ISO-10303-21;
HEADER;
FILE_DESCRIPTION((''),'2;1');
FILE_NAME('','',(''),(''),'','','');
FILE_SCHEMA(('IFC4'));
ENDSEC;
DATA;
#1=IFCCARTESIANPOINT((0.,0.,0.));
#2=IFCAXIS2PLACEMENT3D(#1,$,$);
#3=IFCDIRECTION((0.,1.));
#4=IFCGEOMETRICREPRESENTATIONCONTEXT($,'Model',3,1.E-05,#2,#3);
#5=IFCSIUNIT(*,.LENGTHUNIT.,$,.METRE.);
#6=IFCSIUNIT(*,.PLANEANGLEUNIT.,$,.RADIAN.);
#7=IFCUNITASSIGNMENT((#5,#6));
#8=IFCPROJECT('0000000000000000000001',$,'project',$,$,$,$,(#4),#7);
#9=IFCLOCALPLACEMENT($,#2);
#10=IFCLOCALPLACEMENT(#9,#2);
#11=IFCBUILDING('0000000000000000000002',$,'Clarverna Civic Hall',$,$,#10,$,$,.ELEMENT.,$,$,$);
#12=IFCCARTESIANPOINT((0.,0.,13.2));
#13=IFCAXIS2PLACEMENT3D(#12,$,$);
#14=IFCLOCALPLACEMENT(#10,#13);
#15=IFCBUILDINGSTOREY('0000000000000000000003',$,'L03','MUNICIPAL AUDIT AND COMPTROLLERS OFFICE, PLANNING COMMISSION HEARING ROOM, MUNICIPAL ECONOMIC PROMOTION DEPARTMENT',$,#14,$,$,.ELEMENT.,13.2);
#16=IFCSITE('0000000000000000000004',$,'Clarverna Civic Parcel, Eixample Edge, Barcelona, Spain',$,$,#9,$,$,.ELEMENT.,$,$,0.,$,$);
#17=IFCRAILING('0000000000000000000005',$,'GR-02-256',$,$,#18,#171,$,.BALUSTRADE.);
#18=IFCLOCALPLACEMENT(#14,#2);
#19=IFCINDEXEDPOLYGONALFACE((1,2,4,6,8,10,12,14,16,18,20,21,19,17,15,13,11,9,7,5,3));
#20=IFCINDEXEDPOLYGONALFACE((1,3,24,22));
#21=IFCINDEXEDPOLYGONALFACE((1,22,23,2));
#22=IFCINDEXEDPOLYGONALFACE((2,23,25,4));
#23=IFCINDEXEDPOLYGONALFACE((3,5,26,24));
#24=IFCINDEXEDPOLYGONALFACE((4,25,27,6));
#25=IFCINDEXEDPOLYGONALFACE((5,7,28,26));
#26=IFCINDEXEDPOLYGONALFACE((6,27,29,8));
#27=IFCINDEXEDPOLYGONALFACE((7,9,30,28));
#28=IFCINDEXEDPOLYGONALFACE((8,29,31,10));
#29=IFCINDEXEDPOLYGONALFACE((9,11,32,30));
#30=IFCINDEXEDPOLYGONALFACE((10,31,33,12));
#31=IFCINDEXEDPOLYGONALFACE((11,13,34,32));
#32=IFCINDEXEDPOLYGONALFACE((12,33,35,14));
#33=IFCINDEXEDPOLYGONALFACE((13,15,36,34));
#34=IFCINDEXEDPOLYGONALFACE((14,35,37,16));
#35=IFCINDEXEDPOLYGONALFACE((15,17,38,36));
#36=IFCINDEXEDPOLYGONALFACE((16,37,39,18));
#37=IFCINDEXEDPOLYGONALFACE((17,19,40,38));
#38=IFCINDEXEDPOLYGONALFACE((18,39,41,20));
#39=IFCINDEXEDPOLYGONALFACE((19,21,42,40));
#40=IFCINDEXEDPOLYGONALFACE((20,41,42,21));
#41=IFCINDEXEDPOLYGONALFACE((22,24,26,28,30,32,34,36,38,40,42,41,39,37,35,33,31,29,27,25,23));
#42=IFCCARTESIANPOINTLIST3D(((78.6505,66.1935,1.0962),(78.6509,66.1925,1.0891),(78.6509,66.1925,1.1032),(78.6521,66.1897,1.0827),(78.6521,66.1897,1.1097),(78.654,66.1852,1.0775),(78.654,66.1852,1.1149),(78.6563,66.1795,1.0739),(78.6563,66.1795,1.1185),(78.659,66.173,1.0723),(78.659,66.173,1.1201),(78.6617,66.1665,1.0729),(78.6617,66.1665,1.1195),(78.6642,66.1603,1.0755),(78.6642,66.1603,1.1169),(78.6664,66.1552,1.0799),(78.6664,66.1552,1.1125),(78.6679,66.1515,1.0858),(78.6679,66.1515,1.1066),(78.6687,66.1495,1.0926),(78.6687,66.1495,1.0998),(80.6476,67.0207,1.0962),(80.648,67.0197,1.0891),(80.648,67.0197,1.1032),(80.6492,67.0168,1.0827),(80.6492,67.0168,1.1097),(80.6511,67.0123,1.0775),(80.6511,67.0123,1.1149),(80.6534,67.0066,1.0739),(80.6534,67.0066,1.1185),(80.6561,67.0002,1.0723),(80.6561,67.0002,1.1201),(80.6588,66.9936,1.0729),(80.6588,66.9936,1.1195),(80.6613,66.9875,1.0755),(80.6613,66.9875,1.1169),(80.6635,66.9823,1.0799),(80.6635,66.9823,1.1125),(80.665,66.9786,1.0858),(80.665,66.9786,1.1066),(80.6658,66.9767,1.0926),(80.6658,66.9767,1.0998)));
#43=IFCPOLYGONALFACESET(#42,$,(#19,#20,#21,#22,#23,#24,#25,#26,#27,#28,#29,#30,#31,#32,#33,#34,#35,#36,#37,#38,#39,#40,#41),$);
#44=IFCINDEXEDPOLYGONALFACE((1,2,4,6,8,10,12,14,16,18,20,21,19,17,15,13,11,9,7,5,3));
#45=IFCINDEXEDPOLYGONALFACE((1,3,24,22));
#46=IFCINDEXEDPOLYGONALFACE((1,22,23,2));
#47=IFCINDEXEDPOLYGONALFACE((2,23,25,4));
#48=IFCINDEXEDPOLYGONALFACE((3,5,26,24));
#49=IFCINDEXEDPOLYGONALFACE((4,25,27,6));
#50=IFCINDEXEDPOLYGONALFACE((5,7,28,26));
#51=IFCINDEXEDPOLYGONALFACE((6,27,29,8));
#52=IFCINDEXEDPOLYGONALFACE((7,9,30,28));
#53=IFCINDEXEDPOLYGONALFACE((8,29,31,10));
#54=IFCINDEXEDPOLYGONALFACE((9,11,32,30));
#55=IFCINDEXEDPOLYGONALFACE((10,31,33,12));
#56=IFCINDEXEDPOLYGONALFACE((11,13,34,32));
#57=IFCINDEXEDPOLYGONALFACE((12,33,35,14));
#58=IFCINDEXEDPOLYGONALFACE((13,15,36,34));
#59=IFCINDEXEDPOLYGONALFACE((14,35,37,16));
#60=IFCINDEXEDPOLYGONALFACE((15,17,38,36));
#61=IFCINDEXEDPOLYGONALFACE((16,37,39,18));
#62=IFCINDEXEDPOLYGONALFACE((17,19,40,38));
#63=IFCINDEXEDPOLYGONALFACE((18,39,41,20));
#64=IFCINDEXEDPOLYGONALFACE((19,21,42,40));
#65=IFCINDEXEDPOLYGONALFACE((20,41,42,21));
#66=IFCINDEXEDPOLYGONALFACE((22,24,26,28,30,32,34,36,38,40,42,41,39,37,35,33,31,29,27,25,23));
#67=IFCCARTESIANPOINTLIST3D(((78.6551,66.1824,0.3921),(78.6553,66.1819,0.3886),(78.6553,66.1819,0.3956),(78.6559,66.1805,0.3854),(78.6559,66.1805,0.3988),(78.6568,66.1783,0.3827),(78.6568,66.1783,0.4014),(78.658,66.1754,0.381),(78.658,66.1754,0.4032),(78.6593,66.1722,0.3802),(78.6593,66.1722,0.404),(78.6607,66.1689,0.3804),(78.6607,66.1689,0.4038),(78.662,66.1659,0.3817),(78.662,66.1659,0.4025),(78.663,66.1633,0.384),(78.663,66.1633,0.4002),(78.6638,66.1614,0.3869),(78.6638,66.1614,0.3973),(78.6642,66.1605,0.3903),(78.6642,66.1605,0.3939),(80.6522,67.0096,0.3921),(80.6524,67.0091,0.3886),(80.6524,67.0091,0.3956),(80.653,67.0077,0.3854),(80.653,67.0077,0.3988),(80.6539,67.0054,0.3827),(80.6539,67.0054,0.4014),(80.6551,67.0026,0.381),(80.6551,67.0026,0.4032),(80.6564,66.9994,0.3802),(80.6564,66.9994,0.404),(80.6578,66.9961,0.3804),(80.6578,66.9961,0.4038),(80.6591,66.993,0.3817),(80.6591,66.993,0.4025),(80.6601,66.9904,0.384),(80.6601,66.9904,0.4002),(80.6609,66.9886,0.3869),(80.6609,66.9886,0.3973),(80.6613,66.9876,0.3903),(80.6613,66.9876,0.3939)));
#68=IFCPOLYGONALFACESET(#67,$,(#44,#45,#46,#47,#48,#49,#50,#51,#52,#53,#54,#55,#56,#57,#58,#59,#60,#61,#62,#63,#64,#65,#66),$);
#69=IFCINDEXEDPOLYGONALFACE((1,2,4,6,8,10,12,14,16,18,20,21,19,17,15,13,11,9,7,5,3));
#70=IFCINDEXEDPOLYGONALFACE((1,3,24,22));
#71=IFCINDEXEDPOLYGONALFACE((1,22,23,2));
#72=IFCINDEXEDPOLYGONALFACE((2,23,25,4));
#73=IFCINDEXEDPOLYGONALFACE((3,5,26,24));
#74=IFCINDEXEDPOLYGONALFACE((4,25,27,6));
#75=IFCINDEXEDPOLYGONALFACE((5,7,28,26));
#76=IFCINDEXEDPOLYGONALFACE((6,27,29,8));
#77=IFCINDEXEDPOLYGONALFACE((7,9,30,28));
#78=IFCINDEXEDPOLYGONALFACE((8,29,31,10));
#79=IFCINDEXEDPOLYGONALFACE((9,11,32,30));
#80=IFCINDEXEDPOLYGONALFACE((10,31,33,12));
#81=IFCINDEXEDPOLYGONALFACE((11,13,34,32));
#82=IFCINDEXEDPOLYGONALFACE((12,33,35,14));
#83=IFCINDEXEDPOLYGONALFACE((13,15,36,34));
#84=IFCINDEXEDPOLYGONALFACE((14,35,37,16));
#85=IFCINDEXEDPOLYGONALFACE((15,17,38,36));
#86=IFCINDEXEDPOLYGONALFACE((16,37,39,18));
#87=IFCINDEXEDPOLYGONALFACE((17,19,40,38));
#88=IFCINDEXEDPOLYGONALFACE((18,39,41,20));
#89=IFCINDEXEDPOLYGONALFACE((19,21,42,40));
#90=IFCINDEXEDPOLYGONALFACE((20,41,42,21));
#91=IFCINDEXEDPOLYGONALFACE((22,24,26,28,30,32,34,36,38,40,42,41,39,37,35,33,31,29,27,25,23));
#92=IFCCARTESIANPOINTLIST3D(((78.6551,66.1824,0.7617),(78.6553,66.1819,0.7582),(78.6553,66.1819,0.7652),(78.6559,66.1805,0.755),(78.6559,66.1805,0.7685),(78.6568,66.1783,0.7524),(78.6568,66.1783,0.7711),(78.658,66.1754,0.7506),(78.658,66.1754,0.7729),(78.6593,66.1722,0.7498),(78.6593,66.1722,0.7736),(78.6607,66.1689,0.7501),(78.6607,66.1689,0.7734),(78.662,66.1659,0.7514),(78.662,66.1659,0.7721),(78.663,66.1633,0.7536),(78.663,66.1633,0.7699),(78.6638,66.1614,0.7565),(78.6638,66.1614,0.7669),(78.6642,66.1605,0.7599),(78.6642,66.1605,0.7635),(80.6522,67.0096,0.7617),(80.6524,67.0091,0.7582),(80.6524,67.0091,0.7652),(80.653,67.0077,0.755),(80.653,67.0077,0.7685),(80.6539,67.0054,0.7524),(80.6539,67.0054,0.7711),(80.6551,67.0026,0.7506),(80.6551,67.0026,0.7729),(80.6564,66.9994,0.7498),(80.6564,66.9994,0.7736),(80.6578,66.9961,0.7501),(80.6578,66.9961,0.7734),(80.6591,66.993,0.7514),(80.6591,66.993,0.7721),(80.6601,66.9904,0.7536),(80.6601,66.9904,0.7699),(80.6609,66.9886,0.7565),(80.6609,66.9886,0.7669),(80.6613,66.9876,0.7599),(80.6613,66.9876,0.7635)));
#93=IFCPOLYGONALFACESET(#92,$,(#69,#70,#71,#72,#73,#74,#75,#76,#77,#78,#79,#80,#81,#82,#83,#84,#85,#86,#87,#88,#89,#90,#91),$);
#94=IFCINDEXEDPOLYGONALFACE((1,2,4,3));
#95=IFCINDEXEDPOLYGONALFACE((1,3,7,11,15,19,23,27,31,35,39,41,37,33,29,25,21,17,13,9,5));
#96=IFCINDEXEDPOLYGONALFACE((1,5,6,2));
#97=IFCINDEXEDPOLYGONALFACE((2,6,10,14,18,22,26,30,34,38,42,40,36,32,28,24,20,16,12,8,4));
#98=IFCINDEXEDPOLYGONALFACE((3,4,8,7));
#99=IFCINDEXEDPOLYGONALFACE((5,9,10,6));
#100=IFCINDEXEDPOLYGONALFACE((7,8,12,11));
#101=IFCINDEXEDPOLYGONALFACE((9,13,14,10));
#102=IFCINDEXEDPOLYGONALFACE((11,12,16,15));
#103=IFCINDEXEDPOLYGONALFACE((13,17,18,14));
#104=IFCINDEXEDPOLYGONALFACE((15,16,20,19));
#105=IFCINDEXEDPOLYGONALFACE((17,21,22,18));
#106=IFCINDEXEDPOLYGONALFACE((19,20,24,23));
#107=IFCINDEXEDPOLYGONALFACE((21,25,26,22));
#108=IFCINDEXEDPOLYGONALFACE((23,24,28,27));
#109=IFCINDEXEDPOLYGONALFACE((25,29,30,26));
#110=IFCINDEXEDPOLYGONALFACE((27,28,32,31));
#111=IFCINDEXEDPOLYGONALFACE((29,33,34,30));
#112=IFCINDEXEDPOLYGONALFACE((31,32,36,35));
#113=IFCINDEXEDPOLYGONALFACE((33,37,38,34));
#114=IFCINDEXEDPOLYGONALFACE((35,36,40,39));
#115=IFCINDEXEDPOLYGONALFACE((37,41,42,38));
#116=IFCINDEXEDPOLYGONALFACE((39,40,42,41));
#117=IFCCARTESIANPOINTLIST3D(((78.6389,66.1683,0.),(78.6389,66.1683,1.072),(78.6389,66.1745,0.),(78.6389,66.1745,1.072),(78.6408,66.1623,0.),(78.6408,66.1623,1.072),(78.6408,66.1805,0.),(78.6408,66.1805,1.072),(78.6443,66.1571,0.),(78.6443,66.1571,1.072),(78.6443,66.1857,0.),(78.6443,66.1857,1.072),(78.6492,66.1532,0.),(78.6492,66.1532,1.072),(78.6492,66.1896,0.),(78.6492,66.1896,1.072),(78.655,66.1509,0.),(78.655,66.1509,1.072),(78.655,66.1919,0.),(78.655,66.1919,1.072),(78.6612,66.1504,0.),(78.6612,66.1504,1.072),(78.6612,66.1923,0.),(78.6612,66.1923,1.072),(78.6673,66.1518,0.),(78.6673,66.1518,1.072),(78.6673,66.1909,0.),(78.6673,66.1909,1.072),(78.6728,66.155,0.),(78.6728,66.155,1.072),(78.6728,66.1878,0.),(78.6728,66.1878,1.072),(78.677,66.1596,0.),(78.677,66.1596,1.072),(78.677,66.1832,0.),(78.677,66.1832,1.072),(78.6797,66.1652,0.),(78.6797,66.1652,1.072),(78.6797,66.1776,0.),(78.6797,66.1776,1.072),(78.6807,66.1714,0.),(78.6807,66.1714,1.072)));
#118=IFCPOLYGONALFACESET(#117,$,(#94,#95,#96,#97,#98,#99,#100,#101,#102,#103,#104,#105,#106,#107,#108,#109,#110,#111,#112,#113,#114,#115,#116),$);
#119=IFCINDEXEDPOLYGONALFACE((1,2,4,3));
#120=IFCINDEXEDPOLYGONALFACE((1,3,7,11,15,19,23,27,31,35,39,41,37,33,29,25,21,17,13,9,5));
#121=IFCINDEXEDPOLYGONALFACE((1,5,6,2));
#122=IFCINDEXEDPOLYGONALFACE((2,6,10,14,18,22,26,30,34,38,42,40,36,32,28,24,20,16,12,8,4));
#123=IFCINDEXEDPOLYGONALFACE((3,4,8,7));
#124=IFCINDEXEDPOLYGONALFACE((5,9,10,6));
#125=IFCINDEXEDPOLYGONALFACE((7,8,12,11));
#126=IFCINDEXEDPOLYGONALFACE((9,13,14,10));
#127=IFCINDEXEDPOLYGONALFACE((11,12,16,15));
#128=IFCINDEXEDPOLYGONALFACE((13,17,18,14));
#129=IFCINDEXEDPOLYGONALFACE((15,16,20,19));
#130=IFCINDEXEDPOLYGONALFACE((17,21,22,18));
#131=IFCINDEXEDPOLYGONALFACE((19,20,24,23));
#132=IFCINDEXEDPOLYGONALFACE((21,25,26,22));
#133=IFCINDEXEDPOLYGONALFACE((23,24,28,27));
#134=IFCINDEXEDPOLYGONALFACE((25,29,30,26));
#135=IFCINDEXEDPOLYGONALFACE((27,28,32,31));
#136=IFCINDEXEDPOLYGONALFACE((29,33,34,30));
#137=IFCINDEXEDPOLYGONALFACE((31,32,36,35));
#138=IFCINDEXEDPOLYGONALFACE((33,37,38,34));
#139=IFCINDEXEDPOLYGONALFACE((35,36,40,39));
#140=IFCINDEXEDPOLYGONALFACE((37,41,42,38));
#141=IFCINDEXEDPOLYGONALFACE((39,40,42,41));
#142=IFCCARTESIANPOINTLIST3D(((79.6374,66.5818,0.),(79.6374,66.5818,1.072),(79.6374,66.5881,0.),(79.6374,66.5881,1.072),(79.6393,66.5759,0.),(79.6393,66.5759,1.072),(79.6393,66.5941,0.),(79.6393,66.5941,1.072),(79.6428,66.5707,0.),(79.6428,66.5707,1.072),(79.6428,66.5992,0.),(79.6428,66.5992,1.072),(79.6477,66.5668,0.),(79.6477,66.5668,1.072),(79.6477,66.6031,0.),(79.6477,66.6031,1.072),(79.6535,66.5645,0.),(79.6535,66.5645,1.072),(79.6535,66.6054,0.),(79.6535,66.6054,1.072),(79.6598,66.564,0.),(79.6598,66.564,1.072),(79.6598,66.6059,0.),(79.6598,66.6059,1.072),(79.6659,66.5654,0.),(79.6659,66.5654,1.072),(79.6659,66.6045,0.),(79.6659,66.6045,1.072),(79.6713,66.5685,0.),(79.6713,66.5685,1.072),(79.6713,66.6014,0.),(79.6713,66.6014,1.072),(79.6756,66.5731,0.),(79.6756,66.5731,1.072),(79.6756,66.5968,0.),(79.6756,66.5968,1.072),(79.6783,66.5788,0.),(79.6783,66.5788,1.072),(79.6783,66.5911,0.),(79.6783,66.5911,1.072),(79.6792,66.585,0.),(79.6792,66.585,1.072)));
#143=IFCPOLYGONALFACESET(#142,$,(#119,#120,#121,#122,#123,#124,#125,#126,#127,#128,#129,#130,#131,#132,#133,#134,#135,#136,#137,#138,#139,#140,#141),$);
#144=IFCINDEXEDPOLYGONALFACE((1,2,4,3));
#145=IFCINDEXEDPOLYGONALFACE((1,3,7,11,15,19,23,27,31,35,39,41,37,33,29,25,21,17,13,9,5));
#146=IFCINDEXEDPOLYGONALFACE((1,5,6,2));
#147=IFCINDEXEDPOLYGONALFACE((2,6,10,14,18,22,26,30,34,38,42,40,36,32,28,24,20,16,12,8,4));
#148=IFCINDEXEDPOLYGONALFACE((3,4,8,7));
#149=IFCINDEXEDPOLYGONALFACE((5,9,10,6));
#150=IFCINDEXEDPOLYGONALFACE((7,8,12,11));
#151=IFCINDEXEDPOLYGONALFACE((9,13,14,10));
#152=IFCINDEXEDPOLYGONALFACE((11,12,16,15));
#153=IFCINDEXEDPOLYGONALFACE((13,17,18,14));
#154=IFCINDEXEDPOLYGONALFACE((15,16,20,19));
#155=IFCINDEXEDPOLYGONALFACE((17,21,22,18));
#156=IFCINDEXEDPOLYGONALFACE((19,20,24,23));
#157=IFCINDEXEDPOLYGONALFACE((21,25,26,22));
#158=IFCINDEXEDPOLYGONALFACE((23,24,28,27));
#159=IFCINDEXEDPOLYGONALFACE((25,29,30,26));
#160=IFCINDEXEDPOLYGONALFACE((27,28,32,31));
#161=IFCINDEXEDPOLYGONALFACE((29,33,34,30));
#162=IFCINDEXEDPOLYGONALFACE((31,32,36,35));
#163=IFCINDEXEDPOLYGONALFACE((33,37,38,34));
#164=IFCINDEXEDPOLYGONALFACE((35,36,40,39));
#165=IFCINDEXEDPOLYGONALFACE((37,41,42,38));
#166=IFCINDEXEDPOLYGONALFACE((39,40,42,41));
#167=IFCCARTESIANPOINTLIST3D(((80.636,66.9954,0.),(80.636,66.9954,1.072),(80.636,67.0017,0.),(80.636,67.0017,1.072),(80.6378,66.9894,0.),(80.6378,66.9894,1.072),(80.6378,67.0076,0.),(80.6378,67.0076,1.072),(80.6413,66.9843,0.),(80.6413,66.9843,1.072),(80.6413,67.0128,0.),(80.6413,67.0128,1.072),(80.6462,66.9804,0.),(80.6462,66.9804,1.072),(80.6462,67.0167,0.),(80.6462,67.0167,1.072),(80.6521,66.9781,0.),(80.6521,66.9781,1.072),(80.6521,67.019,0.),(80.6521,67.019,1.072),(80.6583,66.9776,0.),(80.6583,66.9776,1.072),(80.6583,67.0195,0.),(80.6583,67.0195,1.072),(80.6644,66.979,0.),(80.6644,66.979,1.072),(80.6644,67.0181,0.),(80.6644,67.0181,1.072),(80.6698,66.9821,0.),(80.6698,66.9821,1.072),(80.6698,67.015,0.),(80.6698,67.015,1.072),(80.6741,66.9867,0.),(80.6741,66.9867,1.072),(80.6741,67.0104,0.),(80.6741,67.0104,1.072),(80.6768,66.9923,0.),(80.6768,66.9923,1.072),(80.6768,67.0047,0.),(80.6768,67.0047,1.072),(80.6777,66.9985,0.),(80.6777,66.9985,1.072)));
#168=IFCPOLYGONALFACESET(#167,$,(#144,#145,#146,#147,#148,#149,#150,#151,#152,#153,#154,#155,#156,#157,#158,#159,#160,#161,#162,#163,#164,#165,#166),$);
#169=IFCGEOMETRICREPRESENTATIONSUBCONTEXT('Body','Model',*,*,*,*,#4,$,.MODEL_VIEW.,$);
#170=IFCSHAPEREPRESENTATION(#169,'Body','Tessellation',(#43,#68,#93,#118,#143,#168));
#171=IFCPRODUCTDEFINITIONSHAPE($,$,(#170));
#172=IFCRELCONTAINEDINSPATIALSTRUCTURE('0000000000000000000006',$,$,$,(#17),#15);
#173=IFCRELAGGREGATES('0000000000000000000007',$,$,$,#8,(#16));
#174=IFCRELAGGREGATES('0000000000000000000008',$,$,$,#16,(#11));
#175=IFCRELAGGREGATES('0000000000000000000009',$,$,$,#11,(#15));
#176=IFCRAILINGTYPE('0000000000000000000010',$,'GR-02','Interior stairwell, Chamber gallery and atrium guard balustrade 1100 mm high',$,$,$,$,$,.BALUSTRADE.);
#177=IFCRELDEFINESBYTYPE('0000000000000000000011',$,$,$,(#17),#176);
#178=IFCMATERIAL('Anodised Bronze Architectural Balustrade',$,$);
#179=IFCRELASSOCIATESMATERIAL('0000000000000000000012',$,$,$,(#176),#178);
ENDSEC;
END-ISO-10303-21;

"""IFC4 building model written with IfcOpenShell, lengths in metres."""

from ifc_helpers import new_model, si_unit, direction, frame, origin, origin_2d, place, context, subcontext, project, spatial, circle, extrude, material, type_object, element, save


model = new_model("IFC4")

# Units and contexts
model_context = context("Model", 3, precision=1e-05, world=origin(), true_north=direction((0.0, 1.0)))
body_context = subcontext(model_context, "Body", "Model", "MODEL_VIEW")
ifc_project = project(units=[si_unit("LENGTHUNIT", "METRE"), si_unit("PLANEANGLEUNIT", "RADIAN")], contexts=[model_context])

# Site, building, storey
site_placement = place(None, origin())
site = spatial("IfcSite", under=ifc_project, at=site_placement, Name="Clarverna Civic Parcel, Eixample Edge, Barcelona, Spain", CompositionType="ELEMENT", RefElevation=0.0)
building_placement = place(site_placement, origin())
building = spatial("IfcBuilding", under=site, at=building_placement, Name="Clarverna Civic Hall", CompositionType="ELEMENT")
storey_placement = place(building_placement, frame((0.0, 0.0, 13.2)))
storey = spatial("IfcBuildingStorey", under=building, at=storey_placement, Name="L03", Description="MUNICIPAL AUDIT AND COMPTROLLERS OFFICE, PLANNING COMMISSION HEARING ROOM, MUNICIPAL ECONOMIC PROMOTION DEPARTMENT", CompositionType="ELEMENT", Elevation=13.2)

# Railing
ifc_material_1 = material(Name="Anodised Bronze Architectural Balustrade")
railing_type_1 = type_object("IfcRailingType", Name="GR-02", Description="Interior stairwell, Chamber gallery and atrium guard balustrade 1100 mm high", PredefinedType="BALUSTRADE", material=ifc_material_1)
railing_1_placement = place(storey_placement, frame((78.6597, 66.1714, 0.0)))
element("IfcRailing", 1, at=railing_1_placement, inside=storey, type_object=railing_type_1, Name="GR-02-256", PredefinedType="BALUSTRADE", context=body_context, shape_type="SweptSolid", body=[
    extrude(circle(Radius=0.0239, at=origin_2d()), frame((0.0, 0.0, 1.0962), z_axis=(0.92389, 0.382658, 0.0), x_axis=(-0.382658, 0.92389, 0.0)), (0.0, 0.0, 1.0), 2.1616),
    extrude(circle(Radius=0.012, at=origin_2d()), frame((0.0, 0.0, 0.3921), z_axis=(0.92389, 0.382658, 0.0), x_axis=(-0.382658, 0.92389, 0.0)), (0.0, 0.0, 1.0), 2.1616),
    extrude(circle(Radius=0.012, at=origin_2d()), frame((0.0, 0.0, 0.7617), z_axis=(0.92389, 0.382658, 0.0), x_axis=(-0.382658, 0.92389, 0.0)), (0.0, 0.0, 1.0), 2.1616),
    extrude(circle(Radius=0.021, at=origin_2d()), origin(), (0.0, 0.0, 1.0), 1.072),
    extrude(circle(Radius=0.021, at=origin_2d()), frame((0.9985, 0.4136, 0.0)), (0.0, 0.0, 1.0), 1.072),
    extrude(circle(Radius=0.021, at=origin_2d()), frame((1.9971, 0.8271, 0.0)), (0.0, 0.0, 1.0), 1.072),
])

save(model, "model.ifc")
